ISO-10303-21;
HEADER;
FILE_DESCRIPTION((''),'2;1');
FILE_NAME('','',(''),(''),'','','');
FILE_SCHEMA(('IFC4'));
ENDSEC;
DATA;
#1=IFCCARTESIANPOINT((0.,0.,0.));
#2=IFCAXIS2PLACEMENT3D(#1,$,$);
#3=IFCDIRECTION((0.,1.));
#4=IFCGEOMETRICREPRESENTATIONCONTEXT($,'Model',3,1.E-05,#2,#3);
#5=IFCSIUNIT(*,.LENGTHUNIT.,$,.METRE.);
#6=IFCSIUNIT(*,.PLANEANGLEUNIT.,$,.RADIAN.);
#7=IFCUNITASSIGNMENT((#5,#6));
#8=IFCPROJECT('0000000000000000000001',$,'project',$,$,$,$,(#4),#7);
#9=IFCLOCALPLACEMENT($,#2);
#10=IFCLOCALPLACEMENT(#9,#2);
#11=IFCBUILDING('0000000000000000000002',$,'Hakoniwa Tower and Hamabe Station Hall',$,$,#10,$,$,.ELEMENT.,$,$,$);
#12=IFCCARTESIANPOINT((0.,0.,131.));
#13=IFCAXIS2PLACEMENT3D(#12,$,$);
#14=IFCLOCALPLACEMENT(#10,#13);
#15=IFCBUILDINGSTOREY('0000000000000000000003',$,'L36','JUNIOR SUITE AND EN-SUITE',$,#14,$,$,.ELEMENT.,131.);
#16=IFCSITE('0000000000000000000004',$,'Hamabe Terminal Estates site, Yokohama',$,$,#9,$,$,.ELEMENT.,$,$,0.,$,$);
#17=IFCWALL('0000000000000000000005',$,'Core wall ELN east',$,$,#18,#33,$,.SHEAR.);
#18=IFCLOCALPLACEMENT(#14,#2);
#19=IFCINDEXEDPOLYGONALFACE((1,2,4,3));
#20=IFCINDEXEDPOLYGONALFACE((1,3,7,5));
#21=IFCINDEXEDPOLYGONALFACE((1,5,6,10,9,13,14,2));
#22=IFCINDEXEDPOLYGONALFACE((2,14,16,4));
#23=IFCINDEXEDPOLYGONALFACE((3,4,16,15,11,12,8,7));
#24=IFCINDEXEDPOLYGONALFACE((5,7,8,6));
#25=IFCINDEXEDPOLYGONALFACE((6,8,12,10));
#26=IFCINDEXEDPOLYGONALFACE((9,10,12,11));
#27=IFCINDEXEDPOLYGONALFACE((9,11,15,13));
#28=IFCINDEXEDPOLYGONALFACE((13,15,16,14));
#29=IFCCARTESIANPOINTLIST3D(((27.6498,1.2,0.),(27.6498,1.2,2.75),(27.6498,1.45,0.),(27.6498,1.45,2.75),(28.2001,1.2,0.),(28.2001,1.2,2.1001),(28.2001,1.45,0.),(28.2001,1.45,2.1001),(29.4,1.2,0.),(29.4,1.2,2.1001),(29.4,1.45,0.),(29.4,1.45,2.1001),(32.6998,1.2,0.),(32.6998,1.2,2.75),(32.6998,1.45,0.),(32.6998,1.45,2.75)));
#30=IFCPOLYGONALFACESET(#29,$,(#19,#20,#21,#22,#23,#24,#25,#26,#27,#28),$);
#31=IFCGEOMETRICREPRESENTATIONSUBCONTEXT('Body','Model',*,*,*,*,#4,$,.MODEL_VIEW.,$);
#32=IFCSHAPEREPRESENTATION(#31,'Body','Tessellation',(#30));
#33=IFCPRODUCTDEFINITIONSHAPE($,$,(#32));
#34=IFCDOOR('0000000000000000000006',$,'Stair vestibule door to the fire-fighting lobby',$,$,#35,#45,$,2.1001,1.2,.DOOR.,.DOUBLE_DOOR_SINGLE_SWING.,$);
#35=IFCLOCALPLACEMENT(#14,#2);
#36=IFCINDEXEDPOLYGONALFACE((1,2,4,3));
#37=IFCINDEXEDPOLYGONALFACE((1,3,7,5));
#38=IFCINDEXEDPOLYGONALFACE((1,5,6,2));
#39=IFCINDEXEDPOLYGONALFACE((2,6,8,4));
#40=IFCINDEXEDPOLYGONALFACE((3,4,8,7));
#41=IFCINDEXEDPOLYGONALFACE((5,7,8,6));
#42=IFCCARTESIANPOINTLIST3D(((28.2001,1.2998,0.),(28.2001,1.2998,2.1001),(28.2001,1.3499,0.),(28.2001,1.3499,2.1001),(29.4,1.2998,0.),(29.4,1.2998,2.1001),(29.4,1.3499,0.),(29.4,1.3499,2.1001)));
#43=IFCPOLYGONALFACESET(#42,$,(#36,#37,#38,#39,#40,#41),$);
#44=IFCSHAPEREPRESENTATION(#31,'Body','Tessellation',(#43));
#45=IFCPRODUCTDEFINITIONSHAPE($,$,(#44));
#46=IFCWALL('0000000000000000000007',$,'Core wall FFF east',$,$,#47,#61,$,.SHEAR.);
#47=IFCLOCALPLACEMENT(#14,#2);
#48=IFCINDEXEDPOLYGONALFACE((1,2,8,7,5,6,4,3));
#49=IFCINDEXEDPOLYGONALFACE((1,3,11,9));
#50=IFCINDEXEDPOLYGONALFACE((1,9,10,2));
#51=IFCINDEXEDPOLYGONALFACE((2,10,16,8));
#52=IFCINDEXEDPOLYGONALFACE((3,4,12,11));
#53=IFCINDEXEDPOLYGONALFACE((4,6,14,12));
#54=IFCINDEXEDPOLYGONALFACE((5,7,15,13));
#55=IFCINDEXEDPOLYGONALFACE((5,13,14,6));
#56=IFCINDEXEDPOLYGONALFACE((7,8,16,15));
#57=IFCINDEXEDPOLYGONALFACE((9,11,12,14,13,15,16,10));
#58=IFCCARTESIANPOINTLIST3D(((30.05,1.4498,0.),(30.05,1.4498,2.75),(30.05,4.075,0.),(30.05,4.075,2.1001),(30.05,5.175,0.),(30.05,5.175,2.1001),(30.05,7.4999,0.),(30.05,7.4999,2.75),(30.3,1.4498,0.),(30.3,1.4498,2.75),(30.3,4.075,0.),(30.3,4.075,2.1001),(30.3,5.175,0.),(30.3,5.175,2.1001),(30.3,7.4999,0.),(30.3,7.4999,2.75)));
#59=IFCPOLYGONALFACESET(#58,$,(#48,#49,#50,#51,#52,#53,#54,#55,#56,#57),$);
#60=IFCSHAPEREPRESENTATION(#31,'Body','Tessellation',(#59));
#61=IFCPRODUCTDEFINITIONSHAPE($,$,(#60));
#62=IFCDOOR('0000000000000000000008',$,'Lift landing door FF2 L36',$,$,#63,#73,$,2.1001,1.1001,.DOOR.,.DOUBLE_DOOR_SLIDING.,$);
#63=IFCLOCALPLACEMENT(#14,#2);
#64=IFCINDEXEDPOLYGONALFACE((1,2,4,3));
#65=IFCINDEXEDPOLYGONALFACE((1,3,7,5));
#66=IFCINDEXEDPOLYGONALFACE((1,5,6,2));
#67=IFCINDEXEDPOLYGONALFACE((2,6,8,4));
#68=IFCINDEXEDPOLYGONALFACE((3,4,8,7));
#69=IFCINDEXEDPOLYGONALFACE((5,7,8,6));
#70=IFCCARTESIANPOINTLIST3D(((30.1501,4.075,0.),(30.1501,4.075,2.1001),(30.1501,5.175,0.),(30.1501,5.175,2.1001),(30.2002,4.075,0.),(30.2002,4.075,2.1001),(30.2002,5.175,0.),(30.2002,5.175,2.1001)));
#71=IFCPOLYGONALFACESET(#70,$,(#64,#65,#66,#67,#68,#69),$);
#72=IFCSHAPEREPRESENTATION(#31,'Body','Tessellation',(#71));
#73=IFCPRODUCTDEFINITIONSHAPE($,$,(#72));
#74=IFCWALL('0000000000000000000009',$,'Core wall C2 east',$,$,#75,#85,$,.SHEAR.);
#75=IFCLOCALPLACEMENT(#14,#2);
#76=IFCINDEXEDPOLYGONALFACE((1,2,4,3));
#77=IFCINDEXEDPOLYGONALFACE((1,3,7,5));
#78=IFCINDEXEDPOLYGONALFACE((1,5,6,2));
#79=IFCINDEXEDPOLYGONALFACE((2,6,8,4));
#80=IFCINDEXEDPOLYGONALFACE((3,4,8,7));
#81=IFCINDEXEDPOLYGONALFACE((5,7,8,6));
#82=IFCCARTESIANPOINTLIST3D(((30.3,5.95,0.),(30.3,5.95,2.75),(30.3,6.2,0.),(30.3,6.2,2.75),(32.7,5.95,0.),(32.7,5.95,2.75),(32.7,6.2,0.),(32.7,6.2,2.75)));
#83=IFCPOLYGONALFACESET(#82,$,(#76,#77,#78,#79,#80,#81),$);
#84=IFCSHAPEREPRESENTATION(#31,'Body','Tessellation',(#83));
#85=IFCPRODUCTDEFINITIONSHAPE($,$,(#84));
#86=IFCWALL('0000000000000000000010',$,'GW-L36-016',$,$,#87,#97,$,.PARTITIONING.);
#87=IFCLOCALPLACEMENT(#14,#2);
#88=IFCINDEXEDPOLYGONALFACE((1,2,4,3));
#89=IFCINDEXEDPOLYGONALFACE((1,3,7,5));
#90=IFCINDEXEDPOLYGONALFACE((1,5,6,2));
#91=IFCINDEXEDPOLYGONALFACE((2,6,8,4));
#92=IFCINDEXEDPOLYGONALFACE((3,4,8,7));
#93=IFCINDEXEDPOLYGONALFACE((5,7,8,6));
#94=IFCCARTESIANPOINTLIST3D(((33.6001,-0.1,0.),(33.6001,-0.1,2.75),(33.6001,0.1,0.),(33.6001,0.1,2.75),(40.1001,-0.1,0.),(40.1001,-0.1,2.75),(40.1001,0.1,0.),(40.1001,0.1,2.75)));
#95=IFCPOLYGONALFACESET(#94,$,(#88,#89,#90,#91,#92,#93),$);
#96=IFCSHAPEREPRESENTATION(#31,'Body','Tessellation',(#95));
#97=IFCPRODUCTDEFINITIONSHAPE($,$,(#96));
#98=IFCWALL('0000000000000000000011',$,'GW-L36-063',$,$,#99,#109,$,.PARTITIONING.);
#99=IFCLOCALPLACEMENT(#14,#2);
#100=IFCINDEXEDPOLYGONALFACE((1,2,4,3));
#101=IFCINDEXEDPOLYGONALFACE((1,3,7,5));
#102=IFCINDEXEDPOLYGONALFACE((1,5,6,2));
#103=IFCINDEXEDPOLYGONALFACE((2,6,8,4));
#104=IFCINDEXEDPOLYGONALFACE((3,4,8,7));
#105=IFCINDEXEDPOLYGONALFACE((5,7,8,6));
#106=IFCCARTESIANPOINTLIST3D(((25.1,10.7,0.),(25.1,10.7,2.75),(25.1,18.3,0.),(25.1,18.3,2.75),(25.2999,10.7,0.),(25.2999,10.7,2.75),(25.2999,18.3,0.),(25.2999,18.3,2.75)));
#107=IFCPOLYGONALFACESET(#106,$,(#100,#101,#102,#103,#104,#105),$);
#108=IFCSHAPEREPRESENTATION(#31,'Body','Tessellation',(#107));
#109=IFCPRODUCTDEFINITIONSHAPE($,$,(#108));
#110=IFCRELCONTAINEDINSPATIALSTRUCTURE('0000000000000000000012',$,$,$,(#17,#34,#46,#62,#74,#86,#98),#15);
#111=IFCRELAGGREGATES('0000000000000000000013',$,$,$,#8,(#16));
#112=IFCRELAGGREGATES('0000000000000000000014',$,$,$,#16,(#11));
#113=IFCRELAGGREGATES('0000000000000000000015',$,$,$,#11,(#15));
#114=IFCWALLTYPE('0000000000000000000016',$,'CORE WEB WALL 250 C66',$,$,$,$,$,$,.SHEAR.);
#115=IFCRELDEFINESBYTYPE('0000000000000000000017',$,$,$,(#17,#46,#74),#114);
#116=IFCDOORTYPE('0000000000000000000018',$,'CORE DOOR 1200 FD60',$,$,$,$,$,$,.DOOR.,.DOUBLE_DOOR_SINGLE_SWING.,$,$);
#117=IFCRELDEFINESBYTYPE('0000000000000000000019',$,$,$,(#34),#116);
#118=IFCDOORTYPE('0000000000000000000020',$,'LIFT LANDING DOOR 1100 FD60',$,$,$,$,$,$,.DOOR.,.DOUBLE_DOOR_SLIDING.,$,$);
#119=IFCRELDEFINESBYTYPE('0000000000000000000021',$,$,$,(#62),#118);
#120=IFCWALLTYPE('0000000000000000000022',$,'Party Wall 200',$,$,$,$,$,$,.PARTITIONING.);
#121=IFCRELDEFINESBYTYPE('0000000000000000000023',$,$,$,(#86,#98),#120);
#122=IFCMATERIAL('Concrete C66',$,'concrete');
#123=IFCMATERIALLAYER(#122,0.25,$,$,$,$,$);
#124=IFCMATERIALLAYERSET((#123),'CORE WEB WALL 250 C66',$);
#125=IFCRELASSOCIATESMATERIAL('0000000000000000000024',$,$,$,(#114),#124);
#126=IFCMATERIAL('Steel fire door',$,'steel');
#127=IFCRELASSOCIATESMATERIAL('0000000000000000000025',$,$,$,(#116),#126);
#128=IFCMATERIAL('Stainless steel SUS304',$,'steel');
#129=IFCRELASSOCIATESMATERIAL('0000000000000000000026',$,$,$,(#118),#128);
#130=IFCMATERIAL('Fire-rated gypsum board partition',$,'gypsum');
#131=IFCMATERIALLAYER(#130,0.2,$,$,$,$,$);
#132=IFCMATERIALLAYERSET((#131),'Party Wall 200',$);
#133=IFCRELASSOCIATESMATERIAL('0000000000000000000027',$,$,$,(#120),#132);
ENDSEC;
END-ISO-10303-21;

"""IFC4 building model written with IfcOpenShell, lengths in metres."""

from ifc_helpers import new_model, si_unit, direction, frame, frame_2d, origin, place, context, subcontext, project, spatial, rectangle, extrude, material, layer, layer_set, type_object, element, fill, save


model = new_model("IFC4")

# Units and contexts
model_context = context("Model", 3, precision=1e-05, world=origin(), true_north=direction((0.0, 1.0)))
body_context = subcontext(model_context, "Body", "Model", "MODEL_VIEW")
ifc_project = project(units=[si_unit("LENGTHUNIT", "METRE"), si_unit("PLANEANGLEUNIT", "RADIAN")], contexts=[model_context])

# Site, building, storey
site_placement = place(None, origin())
site = spatial("IfcSite", under=ifc_project, at=site_placement, Name="Hamabe Terminal Estates site, Yokohama", CompositionType="ELEMENT", RefElevation=0.0)
building_placement = place(site_placement, origin())
building = spatial("IfcBuilding", under=site, at=building_placement, Name="Hakoniwa Tower and Hamabe Station Hall", CompositionType="ELEMENT")
storey_placement = place(building_placement, frame((0.0, 0.0, 131.0)))
storey = spatial("IfcBuildingStorey", under=building, at=storey_placement, Name="L36", Description="JUNIOR SUITE AND EN-SUITE", CompositionType="ELEMENT", Elevation=131.0)

# Shared definitions
ifc_material_1 = material(Name="Concrete C66", Category="concrete")
ifc_layer_1 = layer(ifc_material_1, 0.25)
ifc_layer_set_1 = layer_set([ifc_layer_1], Name="CORE WEB WALL 250 C66")
wall_type_1 = type_object("IfcWallType", Name="CORE WEB WALL 250 C66", PredefinedType="SHEAR", material=ifc_layer_set_1)

# Walls, openings, doors
ifc_material_2 = material(Name="Steel fire door", Category="steel")
door_type_1 = type_object("IfcDoorType", Name="CORE DOOR 1200 FD60", OperationType="DOUBLE_DOOR_SINGLE_SWING", PredefinedType="DOOR", material=ifc_material_2)
wall_1_placement = place(storey_placement, frame((27.6499, 1.325, 0.0), z_axis=(0.0, 0.0, 1.0), x_axis=(1.0, 0.0, 0.0)))
wall_1 = element("IfcWall", 1, at=wall_1_placement, inside=storey, type_object=wall_type_1, Name="Core wall ELN east", PredefinedType="SHEAR", context=body_context, shape_type="SweptSolid", body=[
    extrude(rectangle(XDim=5.05, YDim=0.25, at=frame_2d((2.5249, 0.0))), origin(), (0.0, 0.0, 1.0), 2.75),
])
opening_1_placement = place(wall_1_placement, frame((0.55, 0.0, 0.0)))
opening_1 = element("IfcOpeningElement", 2, at=opening_1_placement, cuts=wall_1, PredefinedType="OPENING", context=body_context, shape_type="SweptSolid", body=[
    extrude(rectangle(XDim=1.2, YDim=2.1001, at=frame_2d((0.6001, 1.05))), frame((0.0, 0.135, 0.0), z_axis=(0.0, -1.0, 0.0), x_axis=(1.0, 0.0, 0.0)), (0.0, 0.0, 1.0), 0.27),
])
door_1_placement = place(opening_1_placement, origin())
door_1 = element("IfcDoor", 3, at=door_1_placement, inside=storey, type_object=door_type_1, Name="Stair vestibule door to the fire-fighting lobby", OperationType="DOUBLE_DOOR_SINGLE_SWING", OverallHeight=2.1001, OverallWidth=1.2, PredefinedType="DOOR", context=body_context, shape_type="SweptSolid", body=[
    extrude(rectangle(XDim=1.2, YDim=2.1001, at=frame_2d((0.6001, 1.05))), frame((0.0, 0.0249, 0.0), z_axis=(0.0, -1.0, 0.0), x_axis=(1.0, 0.0, 0.0)), (0.0, 0.0, 1.0), 0.05),
])
fill(opening_1, door_1)
wall_2_placement = place(storey_placement, frame((30.175, 1.45, 0.0), z_axis=(0.0, 0.0, 1.0), x_axis=(0.0, 1.0, 0.0)))
wall_2 = element("IfcWall", 4, at=wall_2_placement, inside=storey, type_object=wall_type_1, Name="Core wall FFF east", PredefinedType="SHEAR", context=body_context, shape_type="SweptSolid", body=[
    extrude(rectangle(XDim=6.05, YDim=0.25, at=frame_2d((3.0249, 0.0))), origin(), (0.0, 0.0, 1.0), 2.75),
])
opening_2_placement = place(wall_2_placement, frame((2.625, 0.0, 0.0)))
opening_2 = element("IfcOpeningElement", 5, at=opening_2_placement, cuts=wall_2, PredefinedType="OPENING", context=body_context, shape_type="SweptSolid", body=[
    extrude(rectangle(XDim=1.1001, YDim=2.1001, at=frame_2d((0.55, 1.05))), frame((0.0, 0.135, 0.0), z_axis=(0.0, -1.0, 0.0), x_axis=(1.0, 0.0, 0.0)), (0.0, 0.0, 1.0), 0.27),
])
ifc_material_3 = material(Name="Stainless steel SUS304", Category="steel")
door_type_2 = type_object("IfcDoorType", Name="LIFT LANDING DOOR 1100 FD60", OperationType="DOUBLE_DOOR_SLIDING", PredefinedType="DOOR", material=ifc_material_3)
door_2_placement = place(opening_2_placement, origin())
door_2 = element("IfcDoor", 6, at=door_2_placement, inside=storey, type_object=door_type_2, Name="Lift landing door FF2 L36", OperationType="DOUBLE_DOOR_SLIDING", OverallHeight=2.1001, OverallWidth=1.1001, PredefinedType="DOOR", context=body_context, shape_type="SweptSolid", body=[
    extrude(rectangle(XDim=1.1001, YDim=2.1001, at=frame_2d((0.55, 1.05))), frame((0.0, 0.0249, 0.0), z_axis=(0.0, -1.0, 0.0), x_axis=(1.0, 0.0, 0.0)), (0.0, 0.0, 1.0), 0.05),
])
fill(opening_2, door_2)

# Walls
wall_3_placement = place(storey_placement, frame((30.3, 6.075, 0.0), z_axis=(0.0, 0.0, 1.0), x_axis=(1.0, 0.0, 0.0)))
element("IfcWall", 7, at=wall_3_placement, inside=storey, type_object=wall_type_1, Name="Core wall C2 east", PredefinedType="SHEAR", context=body_context, shape_type="SweptSolid", body=[
    extrude(rectangle(XDim=2.3999, YDim=0.25, at=frame_2d((1.2, 0.0))), origin(), (0.0, 0.0, 1.0), 2.75),
])
ifc_material_4 = material(Name="Fire-rated gypsum board partition", Category="gypsum")
ifc_layer_2 = layer(ifc_material_4, 0.2)
ifc_layer_set_2 = layer_set([ifc_layer_2], Name="Party Wall 200")
wall_type_2 = type_object("IfcWallType", Name="Party Wall 200", PredefinedType="PARTITIONING", material=ifc_layer_set_2)
wall_4_placement = place(storey_placement, frame((33.6001, 0.0, 0.0), z_axis=(0.0, 0.0, 1.0), x_axis=(1.0, 0.0, 0.0)))
element("IfcWall", 8, at=wall_4_placement, inside=storey, type_object=wall_type_2, Name="GW-L36-016", PredefinedType="PARTITIONING", context=body_context, shape_type="SweptSolid", body=[
    extrude(rectangle(XDim=6.5, YDim=0.2, at=frame_2d((3.25, 0.0))), origin(), (0.0, 0.0, 1.0), 2.75),
])
wall_5_placement = place(storey_placement, frame((25.2, 10.7, 0.0), z_axis=(0.0, 0.0, 1.0), x_axis=(0.0, 1.0, 0.0)))
element("IfcWall", 9, at=wall_5_placement, inside=storey, type_object=wall_type_2, Name="GW-L36-063", PredefinedType="PARTITIONING", context=body_context, shape_type="SweptSolid", body=[
    extrude(rectangle(XDim=7.6001, YDim=0.2, at=frame_2d((3.8, 0.0))), origin(), (0.0, 0.0, 1.0), 2.75),
])

save(model, "model.ifc")
